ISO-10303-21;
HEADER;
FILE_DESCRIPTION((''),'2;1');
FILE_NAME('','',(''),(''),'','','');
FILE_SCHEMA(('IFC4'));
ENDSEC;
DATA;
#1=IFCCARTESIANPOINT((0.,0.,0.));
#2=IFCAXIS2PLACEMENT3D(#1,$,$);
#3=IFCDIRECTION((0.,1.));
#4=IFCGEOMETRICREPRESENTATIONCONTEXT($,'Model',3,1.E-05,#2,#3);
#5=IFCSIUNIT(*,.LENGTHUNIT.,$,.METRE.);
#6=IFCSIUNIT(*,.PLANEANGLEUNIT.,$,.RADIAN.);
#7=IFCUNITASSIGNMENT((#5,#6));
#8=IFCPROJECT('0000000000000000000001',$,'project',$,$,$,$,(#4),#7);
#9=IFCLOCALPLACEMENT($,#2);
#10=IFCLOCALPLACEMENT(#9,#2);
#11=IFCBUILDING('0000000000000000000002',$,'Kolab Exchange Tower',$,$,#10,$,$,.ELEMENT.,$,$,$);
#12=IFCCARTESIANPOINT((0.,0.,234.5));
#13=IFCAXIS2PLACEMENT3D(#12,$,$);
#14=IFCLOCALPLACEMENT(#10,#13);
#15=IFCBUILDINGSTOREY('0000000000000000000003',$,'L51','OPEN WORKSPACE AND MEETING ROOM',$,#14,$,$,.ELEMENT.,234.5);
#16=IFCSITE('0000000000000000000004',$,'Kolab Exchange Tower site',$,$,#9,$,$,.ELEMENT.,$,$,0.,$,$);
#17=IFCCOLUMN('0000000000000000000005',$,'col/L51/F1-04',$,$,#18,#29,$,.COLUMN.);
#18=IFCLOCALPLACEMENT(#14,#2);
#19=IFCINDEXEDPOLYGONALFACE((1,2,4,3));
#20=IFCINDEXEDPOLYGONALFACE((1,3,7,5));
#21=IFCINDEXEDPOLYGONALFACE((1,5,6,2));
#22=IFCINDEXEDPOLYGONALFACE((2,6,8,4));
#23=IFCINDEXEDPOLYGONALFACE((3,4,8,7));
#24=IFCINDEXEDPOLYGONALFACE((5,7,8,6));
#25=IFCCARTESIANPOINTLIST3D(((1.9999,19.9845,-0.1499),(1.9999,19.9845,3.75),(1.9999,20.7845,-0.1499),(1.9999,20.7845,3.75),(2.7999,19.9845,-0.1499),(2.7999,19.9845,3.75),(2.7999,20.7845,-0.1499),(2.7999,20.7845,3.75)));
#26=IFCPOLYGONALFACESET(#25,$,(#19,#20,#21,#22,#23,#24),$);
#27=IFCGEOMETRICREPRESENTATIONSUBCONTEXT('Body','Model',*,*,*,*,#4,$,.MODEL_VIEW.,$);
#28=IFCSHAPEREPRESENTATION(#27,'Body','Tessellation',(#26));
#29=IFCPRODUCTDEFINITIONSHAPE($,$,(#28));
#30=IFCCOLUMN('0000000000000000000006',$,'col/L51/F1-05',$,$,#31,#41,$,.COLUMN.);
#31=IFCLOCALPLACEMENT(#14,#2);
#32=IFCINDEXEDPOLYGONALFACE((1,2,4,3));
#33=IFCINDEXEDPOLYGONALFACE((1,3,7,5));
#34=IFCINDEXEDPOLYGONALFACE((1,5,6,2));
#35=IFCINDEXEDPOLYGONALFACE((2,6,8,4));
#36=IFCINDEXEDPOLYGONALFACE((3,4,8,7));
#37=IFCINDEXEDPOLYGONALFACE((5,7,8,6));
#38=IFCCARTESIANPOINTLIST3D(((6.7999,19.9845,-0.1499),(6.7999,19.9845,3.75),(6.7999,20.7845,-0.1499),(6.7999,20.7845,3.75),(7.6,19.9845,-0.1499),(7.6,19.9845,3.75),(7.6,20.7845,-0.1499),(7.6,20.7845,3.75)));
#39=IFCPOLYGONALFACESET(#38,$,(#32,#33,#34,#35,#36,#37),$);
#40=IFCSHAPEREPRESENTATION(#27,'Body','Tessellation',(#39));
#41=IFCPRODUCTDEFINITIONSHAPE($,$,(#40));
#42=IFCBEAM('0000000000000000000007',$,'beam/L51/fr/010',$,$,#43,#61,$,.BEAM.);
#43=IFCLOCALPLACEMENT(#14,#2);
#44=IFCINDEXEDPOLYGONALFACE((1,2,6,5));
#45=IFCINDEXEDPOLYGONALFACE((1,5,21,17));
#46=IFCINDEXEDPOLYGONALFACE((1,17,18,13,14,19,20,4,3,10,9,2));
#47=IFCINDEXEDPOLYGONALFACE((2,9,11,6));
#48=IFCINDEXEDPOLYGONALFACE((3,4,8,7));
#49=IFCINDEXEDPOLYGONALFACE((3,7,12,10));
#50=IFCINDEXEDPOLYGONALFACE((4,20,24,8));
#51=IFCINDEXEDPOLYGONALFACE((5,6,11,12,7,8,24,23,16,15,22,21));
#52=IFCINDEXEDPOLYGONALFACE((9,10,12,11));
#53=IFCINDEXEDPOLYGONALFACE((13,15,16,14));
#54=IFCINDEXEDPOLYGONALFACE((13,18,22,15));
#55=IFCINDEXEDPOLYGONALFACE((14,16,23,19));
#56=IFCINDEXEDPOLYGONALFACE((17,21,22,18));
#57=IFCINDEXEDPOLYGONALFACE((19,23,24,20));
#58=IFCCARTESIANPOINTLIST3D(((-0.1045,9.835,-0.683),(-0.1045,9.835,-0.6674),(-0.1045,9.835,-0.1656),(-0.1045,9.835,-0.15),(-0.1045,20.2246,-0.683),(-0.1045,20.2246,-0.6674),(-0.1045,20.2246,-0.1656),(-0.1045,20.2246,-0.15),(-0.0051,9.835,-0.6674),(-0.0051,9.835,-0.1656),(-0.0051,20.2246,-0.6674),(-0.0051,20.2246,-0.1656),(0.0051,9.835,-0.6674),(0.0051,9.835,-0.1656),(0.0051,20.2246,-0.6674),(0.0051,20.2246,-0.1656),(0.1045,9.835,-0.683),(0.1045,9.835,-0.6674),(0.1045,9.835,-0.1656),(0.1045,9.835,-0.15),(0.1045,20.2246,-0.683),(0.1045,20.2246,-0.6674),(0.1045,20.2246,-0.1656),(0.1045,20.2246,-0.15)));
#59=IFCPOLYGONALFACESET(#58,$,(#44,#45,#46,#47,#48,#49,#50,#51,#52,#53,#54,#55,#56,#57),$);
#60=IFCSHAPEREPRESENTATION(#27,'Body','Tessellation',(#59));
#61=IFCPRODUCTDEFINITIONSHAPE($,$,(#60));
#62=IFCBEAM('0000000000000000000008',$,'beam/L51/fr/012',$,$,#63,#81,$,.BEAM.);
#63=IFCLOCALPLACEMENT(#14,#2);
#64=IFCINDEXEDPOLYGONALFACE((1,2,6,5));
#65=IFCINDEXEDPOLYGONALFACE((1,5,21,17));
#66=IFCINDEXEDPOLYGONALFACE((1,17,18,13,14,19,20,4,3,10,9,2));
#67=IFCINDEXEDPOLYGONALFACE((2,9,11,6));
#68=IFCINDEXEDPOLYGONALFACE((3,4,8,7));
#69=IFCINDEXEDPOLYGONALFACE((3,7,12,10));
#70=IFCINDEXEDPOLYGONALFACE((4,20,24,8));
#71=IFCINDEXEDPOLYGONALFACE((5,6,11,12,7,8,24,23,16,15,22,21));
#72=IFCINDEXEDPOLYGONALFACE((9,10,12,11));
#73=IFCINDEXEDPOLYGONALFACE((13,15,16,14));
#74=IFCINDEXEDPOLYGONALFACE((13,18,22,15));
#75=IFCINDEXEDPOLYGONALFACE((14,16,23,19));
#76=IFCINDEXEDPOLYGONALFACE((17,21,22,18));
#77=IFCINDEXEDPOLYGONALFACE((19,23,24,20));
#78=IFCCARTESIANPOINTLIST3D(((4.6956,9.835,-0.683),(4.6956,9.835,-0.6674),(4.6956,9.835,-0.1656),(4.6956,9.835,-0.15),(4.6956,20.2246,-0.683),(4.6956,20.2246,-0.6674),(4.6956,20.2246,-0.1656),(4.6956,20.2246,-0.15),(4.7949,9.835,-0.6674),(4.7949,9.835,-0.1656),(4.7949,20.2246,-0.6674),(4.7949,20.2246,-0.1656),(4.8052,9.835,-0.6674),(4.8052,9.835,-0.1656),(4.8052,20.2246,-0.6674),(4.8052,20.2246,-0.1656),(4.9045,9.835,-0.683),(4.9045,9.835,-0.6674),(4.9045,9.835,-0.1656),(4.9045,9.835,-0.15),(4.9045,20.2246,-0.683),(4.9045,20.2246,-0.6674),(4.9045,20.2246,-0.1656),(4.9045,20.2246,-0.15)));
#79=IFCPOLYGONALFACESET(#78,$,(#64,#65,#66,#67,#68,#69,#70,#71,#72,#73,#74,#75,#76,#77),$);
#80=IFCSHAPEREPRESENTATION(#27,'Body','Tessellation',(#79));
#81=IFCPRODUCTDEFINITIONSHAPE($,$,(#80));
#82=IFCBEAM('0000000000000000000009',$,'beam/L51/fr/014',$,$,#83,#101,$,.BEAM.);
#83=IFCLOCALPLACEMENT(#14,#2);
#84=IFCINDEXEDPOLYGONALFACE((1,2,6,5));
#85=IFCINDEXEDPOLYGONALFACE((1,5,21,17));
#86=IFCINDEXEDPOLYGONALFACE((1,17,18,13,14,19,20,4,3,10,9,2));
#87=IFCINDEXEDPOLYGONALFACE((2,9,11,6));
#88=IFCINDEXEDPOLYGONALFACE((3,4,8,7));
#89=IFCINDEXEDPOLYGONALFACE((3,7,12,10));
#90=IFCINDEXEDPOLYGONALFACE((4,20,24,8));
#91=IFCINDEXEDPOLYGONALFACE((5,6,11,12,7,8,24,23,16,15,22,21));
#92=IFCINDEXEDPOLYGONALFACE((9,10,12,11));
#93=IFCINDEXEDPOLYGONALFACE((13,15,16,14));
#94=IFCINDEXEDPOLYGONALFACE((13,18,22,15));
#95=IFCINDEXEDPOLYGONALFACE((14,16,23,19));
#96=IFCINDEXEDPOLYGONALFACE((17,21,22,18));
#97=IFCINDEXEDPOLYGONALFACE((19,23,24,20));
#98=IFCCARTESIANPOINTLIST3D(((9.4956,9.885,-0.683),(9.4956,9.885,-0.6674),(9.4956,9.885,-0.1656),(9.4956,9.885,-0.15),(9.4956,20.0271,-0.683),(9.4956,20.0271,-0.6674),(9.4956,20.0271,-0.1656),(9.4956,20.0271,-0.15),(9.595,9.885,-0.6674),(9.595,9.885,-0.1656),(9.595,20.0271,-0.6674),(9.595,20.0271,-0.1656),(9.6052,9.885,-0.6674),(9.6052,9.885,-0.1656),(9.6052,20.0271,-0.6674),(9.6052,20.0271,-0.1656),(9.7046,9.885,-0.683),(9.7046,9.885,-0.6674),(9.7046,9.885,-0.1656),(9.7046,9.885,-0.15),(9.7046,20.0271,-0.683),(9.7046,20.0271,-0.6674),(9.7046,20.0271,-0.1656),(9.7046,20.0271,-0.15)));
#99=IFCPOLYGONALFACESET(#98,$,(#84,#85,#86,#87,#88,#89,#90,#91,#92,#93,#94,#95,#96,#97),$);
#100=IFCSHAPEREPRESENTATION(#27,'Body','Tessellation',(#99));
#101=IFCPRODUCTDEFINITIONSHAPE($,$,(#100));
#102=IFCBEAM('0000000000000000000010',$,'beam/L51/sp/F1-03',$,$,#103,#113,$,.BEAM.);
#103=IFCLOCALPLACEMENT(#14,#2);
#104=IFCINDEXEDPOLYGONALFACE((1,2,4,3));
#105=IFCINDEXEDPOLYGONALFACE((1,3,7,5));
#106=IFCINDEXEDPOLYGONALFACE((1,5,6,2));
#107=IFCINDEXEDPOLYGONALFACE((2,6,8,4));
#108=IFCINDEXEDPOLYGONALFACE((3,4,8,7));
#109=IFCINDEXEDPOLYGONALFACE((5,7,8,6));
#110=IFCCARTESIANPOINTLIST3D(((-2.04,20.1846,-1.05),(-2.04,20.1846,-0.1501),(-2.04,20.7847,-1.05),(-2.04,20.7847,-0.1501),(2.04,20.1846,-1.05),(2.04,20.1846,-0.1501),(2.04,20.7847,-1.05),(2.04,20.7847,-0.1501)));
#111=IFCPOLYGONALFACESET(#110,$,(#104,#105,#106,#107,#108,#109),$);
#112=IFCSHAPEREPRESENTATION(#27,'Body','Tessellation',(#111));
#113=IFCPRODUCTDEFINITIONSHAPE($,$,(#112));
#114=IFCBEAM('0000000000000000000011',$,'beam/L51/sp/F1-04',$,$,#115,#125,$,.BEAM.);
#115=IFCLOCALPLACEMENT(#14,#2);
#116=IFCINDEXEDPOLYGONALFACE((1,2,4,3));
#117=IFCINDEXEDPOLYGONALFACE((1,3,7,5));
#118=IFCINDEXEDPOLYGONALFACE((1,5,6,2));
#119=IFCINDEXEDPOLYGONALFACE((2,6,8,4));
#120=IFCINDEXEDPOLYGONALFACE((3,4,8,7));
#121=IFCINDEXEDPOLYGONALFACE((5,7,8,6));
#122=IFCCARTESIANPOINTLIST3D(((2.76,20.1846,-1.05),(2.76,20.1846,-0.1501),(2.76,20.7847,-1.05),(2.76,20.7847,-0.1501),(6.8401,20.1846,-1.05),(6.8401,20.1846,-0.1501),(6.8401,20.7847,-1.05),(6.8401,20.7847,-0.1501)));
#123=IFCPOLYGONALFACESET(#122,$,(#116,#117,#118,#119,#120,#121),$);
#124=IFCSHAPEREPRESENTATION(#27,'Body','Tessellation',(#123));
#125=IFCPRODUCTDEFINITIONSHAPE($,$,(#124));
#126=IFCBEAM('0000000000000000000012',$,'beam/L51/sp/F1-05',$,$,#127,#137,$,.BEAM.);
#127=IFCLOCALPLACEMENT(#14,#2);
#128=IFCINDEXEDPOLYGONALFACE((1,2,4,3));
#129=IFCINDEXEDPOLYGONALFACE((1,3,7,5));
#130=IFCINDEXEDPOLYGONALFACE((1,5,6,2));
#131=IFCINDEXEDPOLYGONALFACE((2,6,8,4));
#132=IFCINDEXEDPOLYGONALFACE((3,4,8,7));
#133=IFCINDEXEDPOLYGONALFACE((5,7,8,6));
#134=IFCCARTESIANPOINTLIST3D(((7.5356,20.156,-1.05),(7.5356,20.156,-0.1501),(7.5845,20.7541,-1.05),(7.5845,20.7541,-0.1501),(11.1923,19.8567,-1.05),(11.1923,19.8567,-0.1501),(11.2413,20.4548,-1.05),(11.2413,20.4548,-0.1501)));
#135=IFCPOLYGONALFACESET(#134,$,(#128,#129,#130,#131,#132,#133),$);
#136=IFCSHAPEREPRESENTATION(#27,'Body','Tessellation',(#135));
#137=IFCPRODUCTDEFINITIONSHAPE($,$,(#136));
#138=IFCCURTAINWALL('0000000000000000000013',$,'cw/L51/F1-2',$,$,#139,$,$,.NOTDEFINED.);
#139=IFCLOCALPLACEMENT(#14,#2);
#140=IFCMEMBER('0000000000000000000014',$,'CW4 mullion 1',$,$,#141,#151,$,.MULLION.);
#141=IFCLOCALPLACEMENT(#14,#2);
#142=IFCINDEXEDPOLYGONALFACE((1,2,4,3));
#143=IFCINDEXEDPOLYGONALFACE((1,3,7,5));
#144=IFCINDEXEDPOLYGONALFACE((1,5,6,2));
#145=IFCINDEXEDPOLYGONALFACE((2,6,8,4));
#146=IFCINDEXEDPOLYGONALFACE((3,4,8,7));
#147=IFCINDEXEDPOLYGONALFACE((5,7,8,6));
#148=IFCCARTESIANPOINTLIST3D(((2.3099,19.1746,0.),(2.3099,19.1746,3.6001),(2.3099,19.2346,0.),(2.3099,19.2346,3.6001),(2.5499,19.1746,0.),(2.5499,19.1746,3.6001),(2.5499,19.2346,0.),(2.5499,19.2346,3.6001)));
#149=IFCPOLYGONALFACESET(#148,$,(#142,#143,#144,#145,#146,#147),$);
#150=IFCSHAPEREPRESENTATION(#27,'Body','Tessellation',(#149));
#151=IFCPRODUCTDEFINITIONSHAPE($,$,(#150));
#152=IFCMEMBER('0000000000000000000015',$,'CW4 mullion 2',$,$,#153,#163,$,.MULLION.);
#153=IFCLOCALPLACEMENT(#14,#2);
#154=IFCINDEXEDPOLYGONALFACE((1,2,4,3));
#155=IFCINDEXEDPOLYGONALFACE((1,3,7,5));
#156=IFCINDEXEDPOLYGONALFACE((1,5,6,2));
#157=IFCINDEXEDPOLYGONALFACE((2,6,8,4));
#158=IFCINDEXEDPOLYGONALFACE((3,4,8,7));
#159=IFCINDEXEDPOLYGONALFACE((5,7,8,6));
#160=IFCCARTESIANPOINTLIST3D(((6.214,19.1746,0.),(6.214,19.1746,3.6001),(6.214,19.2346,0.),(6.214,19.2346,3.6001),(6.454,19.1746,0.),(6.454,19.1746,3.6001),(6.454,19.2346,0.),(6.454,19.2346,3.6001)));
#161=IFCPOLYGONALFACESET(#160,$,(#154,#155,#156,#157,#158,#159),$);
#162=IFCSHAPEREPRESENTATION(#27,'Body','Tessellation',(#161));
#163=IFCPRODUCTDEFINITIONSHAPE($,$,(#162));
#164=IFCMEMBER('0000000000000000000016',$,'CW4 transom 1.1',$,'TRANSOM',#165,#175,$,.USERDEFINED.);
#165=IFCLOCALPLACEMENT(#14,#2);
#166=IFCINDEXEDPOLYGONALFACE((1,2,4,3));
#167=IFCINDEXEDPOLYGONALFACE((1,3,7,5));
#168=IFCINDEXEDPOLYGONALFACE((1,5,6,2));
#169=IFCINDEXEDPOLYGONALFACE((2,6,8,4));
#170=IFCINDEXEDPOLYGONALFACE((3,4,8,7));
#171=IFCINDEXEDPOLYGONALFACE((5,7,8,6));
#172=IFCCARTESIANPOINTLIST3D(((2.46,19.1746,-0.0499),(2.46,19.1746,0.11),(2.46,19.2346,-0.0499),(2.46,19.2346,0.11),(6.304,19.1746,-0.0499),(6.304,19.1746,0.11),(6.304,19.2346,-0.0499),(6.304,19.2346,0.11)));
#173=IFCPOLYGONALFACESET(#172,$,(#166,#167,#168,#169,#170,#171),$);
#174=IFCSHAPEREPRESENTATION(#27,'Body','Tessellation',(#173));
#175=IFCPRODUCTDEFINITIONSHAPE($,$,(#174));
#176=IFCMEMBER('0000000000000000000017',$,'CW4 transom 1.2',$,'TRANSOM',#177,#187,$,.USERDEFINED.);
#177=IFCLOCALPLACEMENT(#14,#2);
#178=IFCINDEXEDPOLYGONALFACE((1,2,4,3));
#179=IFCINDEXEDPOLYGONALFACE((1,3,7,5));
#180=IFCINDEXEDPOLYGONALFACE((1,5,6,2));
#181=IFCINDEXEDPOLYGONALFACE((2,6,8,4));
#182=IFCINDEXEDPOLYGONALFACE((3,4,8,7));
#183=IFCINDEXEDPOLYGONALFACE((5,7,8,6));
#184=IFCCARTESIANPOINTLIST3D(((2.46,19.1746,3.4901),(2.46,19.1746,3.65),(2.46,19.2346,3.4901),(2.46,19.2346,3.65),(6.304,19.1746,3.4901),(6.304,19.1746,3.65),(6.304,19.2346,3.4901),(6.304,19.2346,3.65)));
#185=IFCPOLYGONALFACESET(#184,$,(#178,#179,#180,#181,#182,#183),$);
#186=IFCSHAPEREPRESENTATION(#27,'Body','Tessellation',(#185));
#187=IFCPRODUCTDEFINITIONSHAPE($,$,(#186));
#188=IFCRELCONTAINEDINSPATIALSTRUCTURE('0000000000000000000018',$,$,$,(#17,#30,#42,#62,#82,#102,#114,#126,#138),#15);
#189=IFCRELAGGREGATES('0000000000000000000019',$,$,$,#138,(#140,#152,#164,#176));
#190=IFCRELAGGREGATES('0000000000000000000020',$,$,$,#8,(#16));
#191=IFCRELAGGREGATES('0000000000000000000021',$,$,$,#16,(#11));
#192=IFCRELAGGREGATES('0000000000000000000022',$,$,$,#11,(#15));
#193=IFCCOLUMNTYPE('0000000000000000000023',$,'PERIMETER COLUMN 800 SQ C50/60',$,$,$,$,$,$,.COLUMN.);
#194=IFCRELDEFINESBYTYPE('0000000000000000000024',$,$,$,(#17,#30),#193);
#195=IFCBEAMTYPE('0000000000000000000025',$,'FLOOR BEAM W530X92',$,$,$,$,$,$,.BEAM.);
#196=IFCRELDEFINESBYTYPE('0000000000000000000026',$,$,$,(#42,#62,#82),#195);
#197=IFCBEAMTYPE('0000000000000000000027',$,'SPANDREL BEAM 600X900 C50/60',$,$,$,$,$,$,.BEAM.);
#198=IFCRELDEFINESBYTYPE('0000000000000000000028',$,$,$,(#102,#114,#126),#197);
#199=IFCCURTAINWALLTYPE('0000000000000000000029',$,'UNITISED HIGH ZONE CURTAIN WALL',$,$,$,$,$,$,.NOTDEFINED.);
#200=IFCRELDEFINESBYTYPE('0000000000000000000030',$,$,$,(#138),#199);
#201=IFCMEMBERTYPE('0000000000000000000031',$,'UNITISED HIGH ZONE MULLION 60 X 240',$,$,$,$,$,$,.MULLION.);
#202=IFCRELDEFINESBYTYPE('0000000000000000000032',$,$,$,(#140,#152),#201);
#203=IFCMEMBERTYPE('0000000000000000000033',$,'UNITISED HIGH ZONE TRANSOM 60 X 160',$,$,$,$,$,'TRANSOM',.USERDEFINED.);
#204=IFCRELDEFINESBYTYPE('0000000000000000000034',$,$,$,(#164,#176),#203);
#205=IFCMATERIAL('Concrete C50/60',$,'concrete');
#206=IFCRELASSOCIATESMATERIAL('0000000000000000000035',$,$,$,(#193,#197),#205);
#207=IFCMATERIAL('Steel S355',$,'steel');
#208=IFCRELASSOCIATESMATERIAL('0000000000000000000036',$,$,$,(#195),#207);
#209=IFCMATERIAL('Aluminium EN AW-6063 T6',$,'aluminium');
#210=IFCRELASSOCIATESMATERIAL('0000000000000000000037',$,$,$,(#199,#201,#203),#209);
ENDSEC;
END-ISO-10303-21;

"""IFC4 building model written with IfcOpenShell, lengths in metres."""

from ifc_helpers import new_model, si_unit, direction, frame, origin, origin_2d, place, context, subcontext, project, spatial, rectangle, i_section, extrude, material, material_profile, profile_set, type_object, element, aggregate, save


model = new_model("IFC4")

# Units and contexts
model_context = context("Model", 3, precision=1e-05, world=origin(), true_north=direction((0.0, 1.0)))
body_context = subcontext(model_context, "Body", "Model", "MODEL_VIEW")
ifc_project = project(units=[si_unit("LENGTHUNIT", "METRE"), si_unit("PLANEANGLEUNIT", "RADIAN")], contexts=[model_context])

# Site, building, storey
site_placement = place(None, origin())
site = spatial("IfcSite", under=ifc_project, at=site_placement, Name="Kolab Exchange Tower site", CompositionType="ELEMENT", RefElevation=0.0)
building_placement = place(site_placement, origin())
building = spatial("IfcBuilding", under=site, at=building_placement, Name="Kolab Exchange Tower", CompositionType="ELEMENT")
storey_placement = place(building_placement, frame((0.0, 0.0, 234.5)))
storey = spatial("IfcBuildingStorey", under=building, at=storey_placement, Name="L51", Description="OPEN WORKSPACE AND MEETING ROOM", CompositionType="ELEMENT", Elevation=234.5)

# Columns
ifc_material_1 = material(Name="Concrete C50/60", Category="concrete")
ifc_material_profile_1 = material_profile(ifc_material_1, rectangle(XDim=0.8, YDim=0.8, at=origin_2d()), Name="RC800")
ifc_profile_set_1 = profile_set([ifc_material_profile_1], Name="Concrete C50/60")
column_type = type_object("IfcColumnType", Name="PERIMETER COLUMN 800 SQ C50/60", PredefinedType="COLUMN", material=ifc_profile_set_1)
for number, where, z_axis, x_axis, name in (
    (1, (2.3999, 20.3845, -0.1499), (0.0, 0.0, 1.0), (1.0, 0.0, 0.0), "col/L51/F1-04"),
    (2, (7.2, 20.3845, -0.1499), (0.0, 0.0, 1.0), (1.0, 0.0, 0.0), "col/L51/F1-05"),
):
    element("IfcColumn", number, at=place(storey_placement, frame(where, z_axis=z_axis, x_axis=x_axis)), inside=storey, type_object=column_type, Name=name, PredefinedType="COLUMN", context=body_context, shape_type="SweptSolid", body=[
        extrude(rectangle(XDim=0.8, YDim=0.8, at=origin_2d()), origin(), (0.0, 0.0, 1.0), 3.8999),
    ])

# Beams
ifc_material_2 = material(Name="Steel S355", Category="steel")
ifc_material_profile_2 = material_profile(ifc_material_2, i_section(OverallWidth=0.209, OverallDepth=0.533, WebThickness=0.0103, FlangeThickness=0.0156, at=origin_2d()), Name="W530X92")
ifc_profile_set_2 = profile_set([ifc_material_profile_2], Name="Steel S355")
beam_type_1 = type_object("IfcBeamType", Name="FLOOR BEAM W530X92", PredefinedType="BEAM", material=ifc_profile_set_2)
for number, where, z_axis, x_axis, name in (
    (3, (0.0, 9.835, -0.4165), (0.0, 1.0, 0.0), (-1.0, 0.0, 0.0), "beam/L51/fr/010"),
    (4, (4.8, 9.835, -0.4165), (0.0, 1.0, 0.0), (-1.0, 0.0, 0.0), "beam/L51/fr/012"),
):
    element("IfcBeam", number, at=place(storey_placement, frame(where, z_axis=z_axis, x_axis=x_axis)), inside=storey, type_object=beam_type_1, Name=name, PredefinedType="BEAM", context=body_context, shape_type="SweptSolid", body=[
        extrude(i_section(OverallWidth=0.209, OverallDepth=0.533, WebThickness=0.0103, FlangeThickness=0.0156, at=origin_2d()), origin(), (0.0, 0.0, 1.0), 10.3896),
    ])
beam_1_placement = place(storey_placement, frame((9.6001, 9.885, -0.4165), z_axis=(0.0, 1.0, 0.0), x_axis=(-1.0, 0.0, 0.0)))
element("IfcBeam", 5, at=beam_1_placement, inside=storey, type_object=beam_type_1, Name="beam/L51/fr/014", PredefinedType="BEAM", context=body_context, shape_type="SweptSolid", body=[
    extrude(i_section(OverallWidth=0.209, OverallDepth=0.533, WebThickness=0.0103, FlangeThickness=0.0156, at=origin_2d()), origin(), (0.0, 0.0, 1.0), 10.1421),
])
ifc_material_profile_3 = material_profile(ifc_material_1, rectangle(XDim=0.6001, YDim=0.8999, at=origin_2d()), Name="RC600X900")
ifc_profile_set_3 = profile_set([ifc_material_profile_3], Name="Concrete C50/60")
beam_type_2 = type_object("IfcBeamType", Name="SPANDREL BEAM 600X900 C50/60", PredefinedType="BEAM", material=ifc_profile_set_3)
for number, where, z_axis, x_axis, name in (
    (6, (-2.04, 20.4846, -0.6001), (1.0, 0.0, 0.0), (0.0, 1.0, 0.0), "beam/L51/sp/F1-03"),
    (7, (2.76, 20.4846, -0.6001), (1.0, 0.0, 0.0), (0.0, 1.0, 0.0), "beam/L51/sp/F1-04"),
):
    element("IfcBeam", number, at=place(storey_placement, frame(where, z_axis=z_axis, x_axis=x_axis)), inside=storey, type_object=beam_type_2, Name=name, PredefinedType="BEAM", context=body_context, shape_type="SweptSolid", body=[
        extrude(rectangle(XDim=0.6001, YDim=0.8999, at=origin_2d()), origin(), (0.0, 0.0, 1.0), 4.0801),
    ])
beam_2_placement = place(storey_placement, frame((7.5601, 20.4551, -0.6001), z_axis=(0.996667, -0.081581, 0.0), x_axis=(0.081581, 0.996667, 0.0)))
element("IfcBeam", 8, at=beam_2_placement, inside=storey, type_object=beam_type_2, Name="beam/L51/sp/F1-05", PredefinedType="BEAM", context=body_context, shape_type="SweptSolid", body=[
    extrude(rectangle(XDim=0.6001, YDim=0.8999, at=origin_2d()), origin(), (0.0, 0.0, 1.0), 3.6689),
])

# Curtain wall, members
ifc_material_3 = material(Name="Aluminium EN AW-6063 T6", Category="aluminium")
curtain_wall_type = type_object("IfcCurtainWallType", Name="UNITISED HIGH ZONE CURTAIN WALL", PredefinedType="NOTDEFINED", material=ifc_material_3)
curtain_wall_placement = place(storey_placement, origin())
curtain_wall = element("IfcCurtainWall", 9, at=curtain_wall_placement, inside=storey, type_object=curtain_wall_type, Name="cw/L51/F1-2", PredefinedType="NOTDEFINED")
ifc_material_profile_4 = material_profile(ifc_material_3, rectangle(XDim=0.0601, YDim=0.24, at=origin_2d()), Name="RECT 60X240")
ifc_profile_set_4 = profile_set([ifc_material_profile_4], Name="Aluminium EN AW-6063 T6")
member_type_1 = type_object("IfcMemberType", Name="UNITISED HIGH ZONE MULLION 60 X 240", PredefinedType="MULLION", material=ifc_profile_set_4)
member_1_placement = place(storey_placement, frame((2.4299, 19.2046, 0.0), z_axis=(0.0, 0.0, 1.0), x_axis=(0.0, 1.0, 0.0)))
member_1 = element("IfcMember", 10, at=member_1_placement, type_object=member_type_1, Name="CW4 mullion 1", PredefinedType="MULLION", context=body_context, shape_type="SweptSolid", body=[
    extrude(rectangle(XDim=0.0601, YDim=0.24, at=origin_2d()), origin(), (0.0, 0.0, 1.0), 3.6001),
])
member_2_placement = place(storey_placement, frame((6.334, 19.2046, 0.0), z_axis=(0.0, 0.0, 1.0), x_axis=(0.0, 1.0, 0.0)))
member_2 = element("IfcMember", 11, at=member_2_placement, type_object=member_type_1, Name="CW4 mullion 2", PredefinedType="MULLION", context=body_context, shape_type="SweptSolid", body=[
    extrude(rectangle(XDim=0.0601, YDim=0.24, at=origin_2d()), origin(), (0.0, 0.0, 1.0), 3.6001),
])
ifc_material_profile_5 = material_profile(ifc_material_3, rectangle(XDim=0.0601, YDim=0.1599, at=origin_2d()), Name="RECT 60X160")
ifc_profile_set_5 = profile_set([ifc_material_profile_5], Name="Aluminium EN AW-6063 T6")
member_type_2 = type_object("IfcMemberType", Name="UNITISED HIGH ZONE TRANSOM 60 X 160", ElementType="TRANSOM", PredefinedType="USERDEFINED", material=ifc_profile_set_5)
member_3_placement = place(storey_placement, frame((2.46, 19.2046, 0.03), z_axis=(1.0, 0.0, 0.0), x_axis=(0.0, 1.0, 0.0)))
member_3 = element("IfcMember", 12, at=member_3_placement, type_object=member_type_2, Name="CW4 transom 1.1", ObjectType="TRANSOM", PredefinedType="USERDEFINED", context=body_context, shape_type="SweptSolid", body=[
    extrude(rectangle(XDim=0.0601, YDim=0.1599, at=origin_2d()), origin(), (0.0, 0.0, 1.0), 3.844),
])
member_4_placement = place(storey_placement, frame((2.46, 19.2046, 3.5701), z_axis=(1.0, 0.0, 0.0), x_axis=(0.0, 1.0, 0.0)))
member_4 = element("IfcMember", 13, at=member_4_placement, type_object=member_type_2, Name="CW4 transom 1.2", ObjectType="TRANSOM", PredefinedType="USERDEFINED", context=body_context, shape_type="SweptSolid", body=[
    extrude(rectangle(XDim=0.0601, YDim=0.1599, at=origin_2d()), origin(), (0.0, 0.0, 1.0), 3.844),
])
aggregate(curtain_wall, [member_1, member_2, member_3, member_4])

save(model, "model.ifc")
